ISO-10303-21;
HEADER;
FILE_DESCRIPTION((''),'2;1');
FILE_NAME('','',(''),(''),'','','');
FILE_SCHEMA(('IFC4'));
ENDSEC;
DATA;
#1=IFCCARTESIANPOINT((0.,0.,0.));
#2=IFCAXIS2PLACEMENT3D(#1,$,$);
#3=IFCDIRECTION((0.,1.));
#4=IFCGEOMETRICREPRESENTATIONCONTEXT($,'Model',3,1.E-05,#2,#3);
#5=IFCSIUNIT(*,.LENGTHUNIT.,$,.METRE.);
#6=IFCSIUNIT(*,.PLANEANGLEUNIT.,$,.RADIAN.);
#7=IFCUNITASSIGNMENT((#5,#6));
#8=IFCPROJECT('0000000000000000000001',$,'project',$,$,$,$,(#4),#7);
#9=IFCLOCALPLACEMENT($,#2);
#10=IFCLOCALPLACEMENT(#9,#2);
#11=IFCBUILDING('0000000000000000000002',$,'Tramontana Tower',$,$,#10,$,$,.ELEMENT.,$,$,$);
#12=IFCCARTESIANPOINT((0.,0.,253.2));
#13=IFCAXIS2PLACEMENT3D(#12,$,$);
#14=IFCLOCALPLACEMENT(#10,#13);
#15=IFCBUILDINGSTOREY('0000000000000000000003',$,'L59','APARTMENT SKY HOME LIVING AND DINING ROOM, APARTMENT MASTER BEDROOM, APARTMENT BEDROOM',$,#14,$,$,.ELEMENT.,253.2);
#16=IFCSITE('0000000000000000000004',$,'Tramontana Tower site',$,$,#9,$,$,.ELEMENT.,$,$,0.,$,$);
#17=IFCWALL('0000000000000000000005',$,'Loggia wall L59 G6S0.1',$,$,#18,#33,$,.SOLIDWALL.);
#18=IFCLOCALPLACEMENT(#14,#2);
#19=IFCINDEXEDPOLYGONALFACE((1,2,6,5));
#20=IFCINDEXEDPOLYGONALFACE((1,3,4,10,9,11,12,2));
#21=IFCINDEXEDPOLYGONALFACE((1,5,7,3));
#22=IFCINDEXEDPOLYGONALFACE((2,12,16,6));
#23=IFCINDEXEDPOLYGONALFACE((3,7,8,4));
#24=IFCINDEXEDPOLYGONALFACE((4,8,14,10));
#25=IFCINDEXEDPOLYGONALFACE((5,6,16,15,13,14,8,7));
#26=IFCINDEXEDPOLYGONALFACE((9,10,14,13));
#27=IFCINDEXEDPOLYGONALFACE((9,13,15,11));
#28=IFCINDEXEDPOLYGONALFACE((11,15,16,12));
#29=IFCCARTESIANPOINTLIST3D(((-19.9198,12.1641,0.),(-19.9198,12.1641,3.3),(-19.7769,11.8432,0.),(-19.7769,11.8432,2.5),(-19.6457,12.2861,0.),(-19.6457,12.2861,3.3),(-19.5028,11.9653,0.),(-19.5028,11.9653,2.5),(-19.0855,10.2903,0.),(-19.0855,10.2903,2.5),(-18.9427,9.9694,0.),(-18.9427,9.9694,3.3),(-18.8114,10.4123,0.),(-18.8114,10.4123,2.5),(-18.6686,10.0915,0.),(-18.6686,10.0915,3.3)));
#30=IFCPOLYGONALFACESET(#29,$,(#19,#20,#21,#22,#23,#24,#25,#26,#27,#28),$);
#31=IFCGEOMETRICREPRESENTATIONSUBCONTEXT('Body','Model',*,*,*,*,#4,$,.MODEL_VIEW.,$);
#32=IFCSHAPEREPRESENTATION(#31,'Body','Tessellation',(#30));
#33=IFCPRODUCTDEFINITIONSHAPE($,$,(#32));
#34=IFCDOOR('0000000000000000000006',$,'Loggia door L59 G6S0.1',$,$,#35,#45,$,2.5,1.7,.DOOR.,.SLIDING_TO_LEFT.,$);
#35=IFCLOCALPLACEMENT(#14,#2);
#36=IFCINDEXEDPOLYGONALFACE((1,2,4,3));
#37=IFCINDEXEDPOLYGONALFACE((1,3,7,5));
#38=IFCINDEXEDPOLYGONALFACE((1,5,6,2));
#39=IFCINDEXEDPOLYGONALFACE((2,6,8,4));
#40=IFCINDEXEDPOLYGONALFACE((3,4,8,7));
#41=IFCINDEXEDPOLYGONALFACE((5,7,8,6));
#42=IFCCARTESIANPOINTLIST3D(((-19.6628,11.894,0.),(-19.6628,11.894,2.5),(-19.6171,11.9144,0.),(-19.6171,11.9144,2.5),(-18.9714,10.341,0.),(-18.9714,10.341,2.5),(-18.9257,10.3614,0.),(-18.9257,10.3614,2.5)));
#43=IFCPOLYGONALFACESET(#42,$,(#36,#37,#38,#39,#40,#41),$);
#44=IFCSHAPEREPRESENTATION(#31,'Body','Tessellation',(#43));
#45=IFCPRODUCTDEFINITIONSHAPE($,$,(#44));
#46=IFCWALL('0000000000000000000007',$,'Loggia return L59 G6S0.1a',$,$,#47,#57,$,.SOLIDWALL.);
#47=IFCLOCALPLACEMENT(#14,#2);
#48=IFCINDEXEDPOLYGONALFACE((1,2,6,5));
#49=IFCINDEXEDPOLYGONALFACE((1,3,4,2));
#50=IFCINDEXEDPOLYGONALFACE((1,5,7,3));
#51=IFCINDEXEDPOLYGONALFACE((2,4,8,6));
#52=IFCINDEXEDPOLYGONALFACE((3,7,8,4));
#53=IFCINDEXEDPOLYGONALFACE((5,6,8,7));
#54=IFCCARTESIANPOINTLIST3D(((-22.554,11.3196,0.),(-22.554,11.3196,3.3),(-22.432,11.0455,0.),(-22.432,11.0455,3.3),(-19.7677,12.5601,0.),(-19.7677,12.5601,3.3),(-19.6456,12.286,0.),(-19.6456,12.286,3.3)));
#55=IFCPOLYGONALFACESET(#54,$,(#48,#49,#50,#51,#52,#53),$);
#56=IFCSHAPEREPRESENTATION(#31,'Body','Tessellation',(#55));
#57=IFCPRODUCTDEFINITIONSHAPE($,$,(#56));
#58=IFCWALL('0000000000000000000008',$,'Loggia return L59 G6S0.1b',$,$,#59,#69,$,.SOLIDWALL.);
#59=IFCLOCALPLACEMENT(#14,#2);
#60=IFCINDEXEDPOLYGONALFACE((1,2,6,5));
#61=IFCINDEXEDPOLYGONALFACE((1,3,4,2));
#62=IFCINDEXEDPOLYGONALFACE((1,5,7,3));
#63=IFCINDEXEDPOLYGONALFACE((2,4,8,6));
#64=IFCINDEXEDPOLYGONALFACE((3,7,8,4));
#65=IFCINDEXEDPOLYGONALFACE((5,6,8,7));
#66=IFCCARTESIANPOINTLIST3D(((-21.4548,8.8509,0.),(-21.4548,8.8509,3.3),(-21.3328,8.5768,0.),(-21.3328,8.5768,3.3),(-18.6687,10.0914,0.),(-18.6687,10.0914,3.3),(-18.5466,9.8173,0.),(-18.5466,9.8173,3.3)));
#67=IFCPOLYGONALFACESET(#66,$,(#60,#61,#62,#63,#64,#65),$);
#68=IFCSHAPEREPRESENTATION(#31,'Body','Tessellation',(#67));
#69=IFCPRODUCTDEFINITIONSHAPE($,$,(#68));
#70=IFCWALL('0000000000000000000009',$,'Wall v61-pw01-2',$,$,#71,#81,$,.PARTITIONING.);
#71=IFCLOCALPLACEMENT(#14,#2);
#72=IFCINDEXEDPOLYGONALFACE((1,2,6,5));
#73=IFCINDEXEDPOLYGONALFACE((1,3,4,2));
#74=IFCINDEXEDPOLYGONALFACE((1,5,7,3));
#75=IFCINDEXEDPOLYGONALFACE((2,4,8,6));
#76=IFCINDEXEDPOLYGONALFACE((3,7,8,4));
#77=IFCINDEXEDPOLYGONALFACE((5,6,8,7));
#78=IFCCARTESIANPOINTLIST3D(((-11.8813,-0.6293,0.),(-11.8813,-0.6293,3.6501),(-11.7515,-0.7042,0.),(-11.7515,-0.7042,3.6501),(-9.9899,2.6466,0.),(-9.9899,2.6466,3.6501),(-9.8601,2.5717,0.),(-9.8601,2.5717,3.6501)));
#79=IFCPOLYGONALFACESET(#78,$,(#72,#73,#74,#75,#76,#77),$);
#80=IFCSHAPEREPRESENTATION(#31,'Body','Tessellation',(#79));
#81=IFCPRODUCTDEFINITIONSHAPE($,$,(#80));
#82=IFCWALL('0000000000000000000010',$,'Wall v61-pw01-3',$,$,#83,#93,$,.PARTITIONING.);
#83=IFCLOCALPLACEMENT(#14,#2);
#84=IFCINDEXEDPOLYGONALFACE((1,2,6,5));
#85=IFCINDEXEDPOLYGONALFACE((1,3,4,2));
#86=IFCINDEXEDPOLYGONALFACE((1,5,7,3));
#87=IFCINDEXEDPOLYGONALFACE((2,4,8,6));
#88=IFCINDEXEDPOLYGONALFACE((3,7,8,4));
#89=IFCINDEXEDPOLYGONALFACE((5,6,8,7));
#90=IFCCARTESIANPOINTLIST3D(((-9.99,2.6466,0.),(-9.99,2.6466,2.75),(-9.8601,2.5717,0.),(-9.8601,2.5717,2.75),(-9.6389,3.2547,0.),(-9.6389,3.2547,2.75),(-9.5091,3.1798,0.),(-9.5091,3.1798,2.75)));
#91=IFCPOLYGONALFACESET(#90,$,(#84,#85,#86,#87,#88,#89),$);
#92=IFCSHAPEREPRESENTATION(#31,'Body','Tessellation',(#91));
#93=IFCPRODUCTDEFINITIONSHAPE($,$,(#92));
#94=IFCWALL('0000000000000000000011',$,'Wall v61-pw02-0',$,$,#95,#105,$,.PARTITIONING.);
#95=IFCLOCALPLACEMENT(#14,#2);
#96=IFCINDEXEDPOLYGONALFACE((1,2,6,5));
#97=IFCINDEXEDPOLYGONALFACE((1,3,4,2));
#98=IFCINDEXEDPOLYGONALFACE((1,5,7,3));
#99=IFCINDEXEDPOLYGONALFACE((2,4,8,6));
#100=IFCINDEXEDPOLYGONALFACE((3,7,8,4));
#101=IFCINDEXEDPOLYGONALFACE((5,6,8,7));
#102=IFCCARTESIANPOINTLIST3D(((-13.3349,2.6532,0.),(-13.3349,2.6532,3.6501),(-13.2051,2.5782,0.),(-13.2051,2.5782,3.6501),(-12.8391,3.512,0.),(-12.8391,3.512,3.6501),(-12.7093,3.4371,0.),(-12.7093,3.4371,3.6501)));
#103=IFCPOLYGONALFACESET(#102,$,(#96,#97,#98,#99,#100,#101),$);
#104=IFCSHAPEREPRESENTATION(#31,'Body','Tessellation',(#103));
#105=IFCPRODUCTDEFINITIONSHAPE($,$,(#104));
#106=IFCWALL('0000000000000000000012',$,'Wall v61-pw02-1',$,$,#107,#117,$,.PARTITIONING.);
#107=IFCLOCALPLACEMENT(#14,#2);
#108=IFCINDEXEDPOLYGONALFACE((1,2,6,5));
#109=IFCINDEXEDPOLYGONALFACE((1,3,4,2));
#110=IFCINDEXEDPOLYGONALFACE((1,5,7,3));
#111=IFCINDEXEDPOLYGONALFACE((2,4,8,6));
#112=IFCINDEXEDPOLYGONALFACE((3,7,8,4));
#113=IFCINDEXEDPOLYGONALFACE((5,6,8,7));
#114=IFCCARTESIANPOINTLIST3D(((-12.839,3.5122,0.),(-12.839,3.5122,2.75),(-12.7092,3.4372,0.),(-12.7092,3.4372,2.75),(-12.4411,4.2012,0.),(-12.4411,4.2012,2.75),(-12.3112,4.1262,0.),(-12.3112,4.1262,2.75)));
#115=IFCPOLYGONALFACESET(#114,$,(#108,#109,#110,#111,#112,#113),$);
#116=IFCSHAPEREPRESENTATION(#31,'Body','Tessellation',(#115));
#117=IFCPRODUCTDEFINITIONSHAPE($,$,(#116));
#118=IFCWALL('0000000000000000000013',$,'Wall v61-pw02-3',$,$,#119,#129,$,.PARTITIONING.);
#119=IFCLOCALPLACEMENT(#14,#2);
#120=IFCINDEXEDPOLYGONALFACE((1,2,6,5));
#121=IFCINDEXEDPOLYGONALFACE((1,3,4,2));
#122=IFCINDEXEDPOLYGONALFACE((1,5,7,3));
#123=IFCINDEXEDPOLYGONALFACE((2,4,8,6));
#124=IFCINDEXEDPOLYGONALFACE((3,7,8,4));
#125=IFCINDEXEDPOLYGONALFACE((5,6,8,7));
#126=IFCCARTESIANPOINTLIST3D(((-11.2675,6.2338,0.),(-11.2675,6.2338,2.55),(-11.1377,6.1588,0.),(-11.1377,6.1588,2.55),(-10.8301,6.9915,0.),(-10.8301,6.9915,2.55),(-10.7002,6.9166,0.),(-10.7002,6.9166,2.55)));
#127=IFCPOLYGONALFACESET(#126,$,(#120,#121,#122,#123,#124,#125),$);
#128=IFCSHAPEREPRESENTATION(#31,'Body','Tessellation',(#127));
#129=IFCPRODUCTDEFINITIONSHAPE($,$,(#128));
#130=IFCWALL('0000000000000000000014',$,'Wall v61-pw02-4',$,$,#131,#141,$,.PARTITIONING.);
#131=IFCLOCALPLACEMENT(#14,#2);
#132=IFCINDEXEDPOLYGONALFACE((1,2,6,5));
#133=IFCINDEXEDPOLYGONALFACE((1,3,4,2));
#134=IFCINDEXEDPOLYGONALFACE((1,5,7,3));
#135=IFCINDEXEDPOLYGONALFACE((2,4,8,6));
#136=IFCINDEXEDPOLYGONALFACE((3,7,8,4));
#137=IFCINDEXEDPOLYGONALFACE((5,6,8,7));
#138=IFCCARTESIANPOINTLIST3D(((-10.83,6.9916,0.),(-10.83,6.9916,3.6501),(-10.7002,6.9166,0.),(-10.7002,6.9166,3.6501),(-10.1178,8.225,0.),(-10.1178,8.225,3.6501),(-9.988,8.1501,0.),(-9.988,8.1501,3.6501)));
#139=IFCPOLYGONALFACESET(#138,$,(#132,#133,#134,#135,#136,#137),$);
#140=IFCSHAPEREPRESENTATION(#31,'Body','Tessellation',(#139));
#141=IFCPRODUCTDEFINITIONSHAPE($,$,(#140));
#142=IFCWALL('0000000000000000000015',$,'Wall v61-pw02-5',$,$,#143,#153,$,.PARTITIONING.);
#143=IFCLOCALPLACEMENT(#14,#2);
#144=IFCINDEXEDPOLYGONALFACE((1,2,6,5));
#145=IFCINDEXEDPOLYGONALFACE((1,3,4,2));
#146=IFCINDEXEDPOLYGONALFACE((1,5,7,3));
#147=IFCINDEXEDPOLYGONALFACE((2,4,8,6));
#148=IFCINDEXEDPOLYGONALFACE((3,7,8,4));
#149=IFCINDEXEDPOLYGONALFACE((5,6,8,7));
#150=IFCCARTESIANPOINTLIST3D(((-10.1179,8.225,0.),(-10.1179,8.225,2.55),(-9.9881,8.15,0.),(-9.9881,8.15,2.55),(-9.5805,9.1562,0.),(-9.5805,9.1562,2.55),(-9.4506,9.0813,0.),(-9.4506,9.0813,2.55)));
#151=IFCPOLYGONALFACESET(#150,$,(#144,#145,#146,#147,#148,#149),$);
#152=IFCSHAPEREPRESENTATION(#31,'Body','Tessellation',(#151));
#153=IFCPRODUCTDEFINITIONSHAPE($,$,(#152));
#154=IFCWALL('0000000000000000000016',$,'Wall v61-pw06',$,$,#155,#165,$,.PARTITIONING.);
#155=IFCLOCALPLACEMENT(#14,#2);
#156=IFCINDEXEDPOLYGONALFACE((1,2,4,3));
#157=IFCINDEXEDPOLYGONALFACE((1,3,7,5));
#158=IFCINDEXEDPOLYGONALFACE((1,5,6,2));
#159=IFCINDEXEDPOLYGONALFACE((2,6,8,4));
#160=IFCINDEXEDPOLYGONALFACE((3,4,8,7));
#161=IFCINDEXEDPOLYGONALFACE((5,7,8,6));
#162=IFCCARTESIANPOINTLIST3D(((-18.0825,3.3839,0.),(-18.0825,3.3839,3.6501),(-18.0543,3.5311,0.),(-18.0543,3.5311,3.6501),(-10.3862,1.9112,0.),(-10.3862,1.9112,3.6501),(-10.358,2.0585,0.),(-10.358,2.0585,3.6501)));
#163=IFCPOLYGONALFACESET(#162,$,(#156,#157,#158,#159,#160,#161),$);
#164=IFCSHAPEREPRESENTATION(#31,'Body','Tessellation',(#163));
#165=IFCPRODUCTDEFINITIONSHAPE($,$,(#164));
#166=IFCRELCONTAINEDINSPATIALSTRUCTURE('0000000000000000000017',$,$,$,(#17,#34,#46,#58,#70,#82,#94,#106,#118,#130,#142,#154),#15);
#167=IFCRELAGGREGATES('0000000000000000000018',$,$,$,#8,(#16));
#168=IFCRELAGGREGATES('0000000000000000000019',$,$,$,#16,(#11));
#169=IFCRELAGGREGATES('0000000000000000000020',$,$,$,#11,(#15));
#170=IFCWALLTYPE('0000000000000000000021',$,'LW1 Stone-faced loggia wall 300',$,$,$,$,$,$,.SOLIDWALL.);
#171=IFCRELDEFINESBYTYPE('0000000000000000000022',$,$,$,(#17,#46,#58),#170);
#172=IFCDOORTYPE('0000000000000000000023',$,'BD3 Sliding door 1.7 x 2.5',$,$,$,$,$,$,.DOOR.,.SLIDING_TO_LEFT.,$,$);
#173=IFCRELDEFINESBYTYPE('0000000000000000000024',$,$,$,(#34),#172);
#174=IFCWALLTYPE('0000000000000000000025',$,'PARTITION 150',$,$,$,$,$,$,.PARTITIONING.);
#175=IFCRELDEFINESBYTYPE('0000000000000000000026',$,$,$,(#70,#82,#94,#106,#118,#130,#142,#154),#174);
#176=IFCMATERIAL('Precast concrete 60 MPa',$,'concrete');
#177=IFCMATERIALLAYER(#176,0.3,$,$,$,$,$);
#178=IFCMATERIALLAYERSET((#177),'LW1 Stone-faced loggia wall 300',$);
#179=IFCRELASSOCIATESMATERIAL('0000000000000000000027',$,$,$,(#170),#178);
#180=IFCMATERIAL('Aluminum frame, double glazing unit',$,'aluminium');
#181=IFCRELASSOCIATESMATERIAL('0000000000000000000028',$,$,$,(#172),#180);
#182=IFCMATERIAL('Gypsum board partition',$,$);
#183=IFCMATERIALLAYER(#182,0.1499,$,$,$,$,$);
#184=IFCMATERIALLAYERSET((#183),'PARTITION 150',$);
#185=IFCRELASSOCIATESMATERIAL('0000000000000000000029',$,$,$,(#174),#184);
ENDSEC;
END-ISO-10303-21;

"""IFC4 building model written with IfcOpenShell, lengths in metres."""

from ifc_helpers import new_model, si_unit, direction, frame, frame_2d, origin, place, context, subcontext, project, spatial, rectangle, extrude, material, layer, layer_set, type_object, element, fill, save


model = new_model("IFC4")

# Units and contexts
model_context = context("Model", 3, precision=1e-05, world=origin(), true_north=direction((0.0, 1.0)))
body_context = subcontext(model_context, "Body", "Model", "MODEL_VIEW")
ifc_project = project(units=[si_unit("LENGTHUNIT", "METRE"), si_unit("PLANEANGLEUNIT", "RADIAN")], contexts=[model_context])

# Site, building, storey
site_placement = place(None, origin())
site = spatial("IfcSite", under=ifc_project, at=site_placement, Name="Tramontana Tower site", CompositionType="ELEMENT", RefElevation=0.0)
building_placement = place(site_placement, origin())
building = spatial("IfcBuilding", under=site, at=building_placement, Name="Tramontana Tower", CompositionType="ELEMENT")
storey_placement = place(building_placement, frame((0.0, 0.0, 253.2)))
storey = spatial("IfcBuildingStorey", under=building, at=storey_placement, Name="L59", Description="APARTMENT SKY HOME LIVING AND DINING ROOM, APARTMENT MASTER BEDROOM, APARTMENT BEDROOM", CompositionType="ELEMENT", Elevation=253.2)

# Wall, opening, door
ifc_material_1 = material(Name="Precast concrete 60 MPa", Category="concrete")
ifc_layer_1 = layer(ifc_material_1, 0.3)
ifc_layer_set_1 = layer_set([ifc_layer_1], Name="LW1 Stone-faced loggia wall 300")
wall_type_1 = type_object("IfcWallType", Name="LW1 Stone-faced loggia wall 300", PredefinedType="SOLIDWALL", material=ifc_layer_set_1)
wall_1_placement = place(storey_placement, frame((-19.7827, 12.2251, 0.0), z_axis=(0.0, 0.0, 1.0), x_axis=(0.406723, -0.913552, 0.0)))
wall_1 = element("IfcWall", 1, at=wall_1_placement, inside=storey, type_object=wall_type_1, Name="Loggia wall L59 G6S0.1", PredefinedType="SOLIDWALL", context=body_context, shape_type="SweptSolid", body=[
    extrude(rectangle(XDim=2.4023, YDim=0.3, at=frame_2d((1.2012, 0.0))), origin(), (0.0, 0.0, 1.0), 3.3),
])
opening_1_placement = place(wall_1_placement, frame((0.3511, 0.0, 0.0)))
opening_1 = element("IfcOpeningElement", 2, at=opening_1_placement, cuts=wall_1, PredefinedType="OPENING", context=body_context, shape_type="SweptSolid", body=[
    extrude(rectangle(XDim=1.7, YDim=2.5, at=frame_2d((0.8501, 1.25))), frame((0.0, 0.1599, 0.0), z_axis=(0.0, -1.0, 0.0), x_axis=(1.0, 0.0, 0.0)), (0.0, 0.0, 1.0), 0.3201),
])
ifc_material_2 = material(Name="Aluminum frame, double glazing unit", Category="aluminium")
door_type_1 = type_object("IfcDoorType", Name="BD3 Sliding door 1.7 x 2.5", OperationType="SLIDING_TO_LEFT", PredefinedType="DOOR", material=ifc_material_2)
door_1_placement = place(opening_1_placement, origin())
door_1 = element("IfcDoor", 3, at=door_1_placement, inside=storey, type_object=door_type_1, Name="Loggia door L59 G6S0.1", OperationType="SLIDING_TO_LEFT", OverallHeight=2.5, OverallWidth=1.7, PredefinedType="DOOR", context=body_context, shape_type="SweptSolid", body=[
    extrude(rectangle(XDim=1.7, YDim=2.5, at=frame_2d((0.8501, 1.25))), frame((0.0, 0.0249, 0.0), z_axis=(0.0, -1.0, 0.0), x_axis=(1.0, 0.0, 0.0)), (0.0, 0.0, 1.0), 0.05),
])
fill(opening_1, door_1)

# Walls
wall_2_placement = place(storey_placement, frame((-22.4929, 11.1826, 0.0), z_axis=(0.0, 0.0, 1.0), x_axis=(0.913557, 0.40671, 0.0)))
element("IfcWall", 4, at=wall_2_placement, inside=storey, type_object=wall_type_1, Name="Loggia return L59 G6S0.1a", PredefinedType="SOLIDWALL", context=body_context, shape_type="SweptSolid", body=[
    extrude(rectangle(XDim=3.05, YDim=0.3, at=frame_2d((1.5249, 0.0))), origin(), (0.0, 0.0, 1.0), 3.3),
])
wall_3_placement = place(storey_placement, frame((-21.3938, 8.7139, 0.0), z_axis=(0.0, 0.0, 1.0), x_axis=(0.913544, 0.40674, 0.0)))
element("IfcWall", 5, at=wall_3_placement, inside=storey, type_object=wall_type_1, Name="Loggia return L59 G6S0.1b", PredefinedType="SOLIDWALL", context=body_context, shape_type="SweptSolid", body=[
    extrude(rectangle(XDim=3.0498, YDim=0.3, at=frame_2d((1.5249, 0.0))), origin(), (0.0, 0.0, 1.0), 3.3),
])
ifc_material_3 = material(Name="Gypsum board partition")
ifc_layer_2 = layer(ifc_material_3, 0.1499)
ifc_layer_set_2 = layer_set([ifc_layer_2], Name="PARTITION 150")
wall_type_2 = type_object("IfcWallType", Name="PARTITION 150", PredefinedType="PARTITIONING", material=ifc_layer_set_2)
wall_4_placement = place(storey_placement, frame((-11.8164, -0.6667, 0.0), z_axis=(0.0, 0.0, 1.0), x_axis=(0.500006, 0.866022, 0.0)))
element("IfcWall", 6, at=wall_4_placement, inside=storey, type_object=wall_type_2, Name="Wall v61-pw01-2", PredefinedType="PARTITIONING", context=body_context, shape_type="SweptSolid", body=[
    extrude(rectangle(XDim=3.7827, YDim=0.1499, at=frame_2d((1.8914, 0.0))), origin(), (0.0, 0.0, 1.0), 3.6501),
])
wall_5_placement = place(storey_placement, frame((-9.925, 2.6091, 0.0), z_axis=(0.0, 0.0, 1.0), x_axis=(0.499953, 0.866052, 0.0)))
element("IfcWall", 7, at=wall_5_placement, inside=storey, type_object=wall_type_2, Name="Wall v61-pw01-3", PredefinedType="PARTITIONING", context=body_context, shape_type="SweptSolid", body=[
    extrude(rectangle(XDim=0.7021, YDim=0.1499, at=frame_2d((0.3511, 0.0))), origin(), (0.0, 0.0, 1.0), 2.75),
])
wall_6_placement = place(storey_placement, frame((-13.27, 2.6157, 0.0), z_axis=(0.0, 0.0, 1.0), x_axis=(0.499978, 0.866038, 0.0)))
element("IfcWall", 8, at=wall_6_placement, inside=storey, type_object=wall_type_2, Name="Wall v61-pw02-0", PredefinedType="PARTITIONING", context=body_context, shape_type="SweptSolid", body=[
    extrude(rectangle(XDim=0.9917, YDim=0.1499, at=frame_2d((0.4958, 0.0))), origin(), (0.0, 0.0, 1.0), 3.6501),
])
wall_7_placement = place(storey_placement, frame((-12.7742, 3.4746, 0.0), z_axis=(0.0, 0.0, 1.0), x_axis=(0.500165, 0.86593, 0.0)))
element("IfcWall", 9, at=wall_7_placement, inside=storey, type_object=wall_type_2, Name="Wall v61-pw02-1", PredefinedType="PARTITIONING", context=body_context, shape_type="SweptSolid", body=[
    extrude(rectangle(XDim=0.7957, YDim=0.1499, at=frame_2d((0.3979, 0.0))), origin(), (0.0, 0.0, 1.0), 2.75),
])

# Walls
wall_8_placement = place(storey_placement, frame((-11.2026, 6.1963, 0.0), z_axis=(0.0, 0.0, 1.0), x_axis=(0.49998, 0.866037, 0.0)))
element("IfcWall", 10, at=wall_8_placement, inside=storey, type_object=wall_type_2, Name="Wall v61-pw02-3", PredefinedType="PARTITIONING", context=body_context, shape_type="SweptSolid", body=[
    extrude(rectangle(XDim=0.875, YDim=0.1499, at=frame_2d((0.4375, 0.0))), origin(), (0.0, 0.0, 1.0), 2.55),
])
wall_9_placement = place(storey_placement, frame((-10.7651, 6.9541, 0.0), z_axis=(0.0, 0.0, 1.0), x_axis=(0.500029, 0.866009, 0.0)))
element("IfcWall", 11, at=wall_9_placement, inside=storey, type_object=wall_type_2, Name="Wall v61-pw02-4", PredefinedType="PARTITIONING", context=body_context, shape_type="SweptSolid", body=[
    extrude(rectangle(XDim=1.4243, YDim=0.1499, at=frame_2d((0.7122, 0.0))), origin(), (0.0, 0.0, 1.0), 3.6501),
])
wall_10_placement = place(storey_placement, frame((-10.053, 8.1875, 0.0), z_axis=(0.0, 0.0, 1.0), x_axis=(0.499827, 0.866125, 0.0)))
element("IfcWall", 12, at=wall_10_placement, inside=storey, type_object=wall_type_2, Name="Wall v61-pw02-5", PredefinedType="PARTITIONING", context=body_context, shape_type="SweptSolid", body=[
    extrude(rectangle(XDim=1.0752, YDim=0.1499, at=frame_2d((0.5376, 0.0))), origin(), (0.0, 0.0, 1.0), 2.55),
])

# Wall
wall_11_placement = place(storey_placement, frame((-10.3721, 1.9849, 0.0), z_axis=(0.0, 0.0, 1.0), x_axis=(-0.982181, 0.187937, 0.0)))
element("IfcWall", 13, at=wall_11_placement, inside=storey, type_object=wall_type_2, Name="Wall v61-pw06", PredefinedType="PARTITIONING", context=body_context, shape_type="SweptSolid", body=[
    extrude(rectangle(XDim=7.8359, YDim=0.1499, at=frame_2d((3.918, 0.0))), origin(), (0.0, 0.0, 1.0), 3.6501),
])

save(model, "model.ifc")
